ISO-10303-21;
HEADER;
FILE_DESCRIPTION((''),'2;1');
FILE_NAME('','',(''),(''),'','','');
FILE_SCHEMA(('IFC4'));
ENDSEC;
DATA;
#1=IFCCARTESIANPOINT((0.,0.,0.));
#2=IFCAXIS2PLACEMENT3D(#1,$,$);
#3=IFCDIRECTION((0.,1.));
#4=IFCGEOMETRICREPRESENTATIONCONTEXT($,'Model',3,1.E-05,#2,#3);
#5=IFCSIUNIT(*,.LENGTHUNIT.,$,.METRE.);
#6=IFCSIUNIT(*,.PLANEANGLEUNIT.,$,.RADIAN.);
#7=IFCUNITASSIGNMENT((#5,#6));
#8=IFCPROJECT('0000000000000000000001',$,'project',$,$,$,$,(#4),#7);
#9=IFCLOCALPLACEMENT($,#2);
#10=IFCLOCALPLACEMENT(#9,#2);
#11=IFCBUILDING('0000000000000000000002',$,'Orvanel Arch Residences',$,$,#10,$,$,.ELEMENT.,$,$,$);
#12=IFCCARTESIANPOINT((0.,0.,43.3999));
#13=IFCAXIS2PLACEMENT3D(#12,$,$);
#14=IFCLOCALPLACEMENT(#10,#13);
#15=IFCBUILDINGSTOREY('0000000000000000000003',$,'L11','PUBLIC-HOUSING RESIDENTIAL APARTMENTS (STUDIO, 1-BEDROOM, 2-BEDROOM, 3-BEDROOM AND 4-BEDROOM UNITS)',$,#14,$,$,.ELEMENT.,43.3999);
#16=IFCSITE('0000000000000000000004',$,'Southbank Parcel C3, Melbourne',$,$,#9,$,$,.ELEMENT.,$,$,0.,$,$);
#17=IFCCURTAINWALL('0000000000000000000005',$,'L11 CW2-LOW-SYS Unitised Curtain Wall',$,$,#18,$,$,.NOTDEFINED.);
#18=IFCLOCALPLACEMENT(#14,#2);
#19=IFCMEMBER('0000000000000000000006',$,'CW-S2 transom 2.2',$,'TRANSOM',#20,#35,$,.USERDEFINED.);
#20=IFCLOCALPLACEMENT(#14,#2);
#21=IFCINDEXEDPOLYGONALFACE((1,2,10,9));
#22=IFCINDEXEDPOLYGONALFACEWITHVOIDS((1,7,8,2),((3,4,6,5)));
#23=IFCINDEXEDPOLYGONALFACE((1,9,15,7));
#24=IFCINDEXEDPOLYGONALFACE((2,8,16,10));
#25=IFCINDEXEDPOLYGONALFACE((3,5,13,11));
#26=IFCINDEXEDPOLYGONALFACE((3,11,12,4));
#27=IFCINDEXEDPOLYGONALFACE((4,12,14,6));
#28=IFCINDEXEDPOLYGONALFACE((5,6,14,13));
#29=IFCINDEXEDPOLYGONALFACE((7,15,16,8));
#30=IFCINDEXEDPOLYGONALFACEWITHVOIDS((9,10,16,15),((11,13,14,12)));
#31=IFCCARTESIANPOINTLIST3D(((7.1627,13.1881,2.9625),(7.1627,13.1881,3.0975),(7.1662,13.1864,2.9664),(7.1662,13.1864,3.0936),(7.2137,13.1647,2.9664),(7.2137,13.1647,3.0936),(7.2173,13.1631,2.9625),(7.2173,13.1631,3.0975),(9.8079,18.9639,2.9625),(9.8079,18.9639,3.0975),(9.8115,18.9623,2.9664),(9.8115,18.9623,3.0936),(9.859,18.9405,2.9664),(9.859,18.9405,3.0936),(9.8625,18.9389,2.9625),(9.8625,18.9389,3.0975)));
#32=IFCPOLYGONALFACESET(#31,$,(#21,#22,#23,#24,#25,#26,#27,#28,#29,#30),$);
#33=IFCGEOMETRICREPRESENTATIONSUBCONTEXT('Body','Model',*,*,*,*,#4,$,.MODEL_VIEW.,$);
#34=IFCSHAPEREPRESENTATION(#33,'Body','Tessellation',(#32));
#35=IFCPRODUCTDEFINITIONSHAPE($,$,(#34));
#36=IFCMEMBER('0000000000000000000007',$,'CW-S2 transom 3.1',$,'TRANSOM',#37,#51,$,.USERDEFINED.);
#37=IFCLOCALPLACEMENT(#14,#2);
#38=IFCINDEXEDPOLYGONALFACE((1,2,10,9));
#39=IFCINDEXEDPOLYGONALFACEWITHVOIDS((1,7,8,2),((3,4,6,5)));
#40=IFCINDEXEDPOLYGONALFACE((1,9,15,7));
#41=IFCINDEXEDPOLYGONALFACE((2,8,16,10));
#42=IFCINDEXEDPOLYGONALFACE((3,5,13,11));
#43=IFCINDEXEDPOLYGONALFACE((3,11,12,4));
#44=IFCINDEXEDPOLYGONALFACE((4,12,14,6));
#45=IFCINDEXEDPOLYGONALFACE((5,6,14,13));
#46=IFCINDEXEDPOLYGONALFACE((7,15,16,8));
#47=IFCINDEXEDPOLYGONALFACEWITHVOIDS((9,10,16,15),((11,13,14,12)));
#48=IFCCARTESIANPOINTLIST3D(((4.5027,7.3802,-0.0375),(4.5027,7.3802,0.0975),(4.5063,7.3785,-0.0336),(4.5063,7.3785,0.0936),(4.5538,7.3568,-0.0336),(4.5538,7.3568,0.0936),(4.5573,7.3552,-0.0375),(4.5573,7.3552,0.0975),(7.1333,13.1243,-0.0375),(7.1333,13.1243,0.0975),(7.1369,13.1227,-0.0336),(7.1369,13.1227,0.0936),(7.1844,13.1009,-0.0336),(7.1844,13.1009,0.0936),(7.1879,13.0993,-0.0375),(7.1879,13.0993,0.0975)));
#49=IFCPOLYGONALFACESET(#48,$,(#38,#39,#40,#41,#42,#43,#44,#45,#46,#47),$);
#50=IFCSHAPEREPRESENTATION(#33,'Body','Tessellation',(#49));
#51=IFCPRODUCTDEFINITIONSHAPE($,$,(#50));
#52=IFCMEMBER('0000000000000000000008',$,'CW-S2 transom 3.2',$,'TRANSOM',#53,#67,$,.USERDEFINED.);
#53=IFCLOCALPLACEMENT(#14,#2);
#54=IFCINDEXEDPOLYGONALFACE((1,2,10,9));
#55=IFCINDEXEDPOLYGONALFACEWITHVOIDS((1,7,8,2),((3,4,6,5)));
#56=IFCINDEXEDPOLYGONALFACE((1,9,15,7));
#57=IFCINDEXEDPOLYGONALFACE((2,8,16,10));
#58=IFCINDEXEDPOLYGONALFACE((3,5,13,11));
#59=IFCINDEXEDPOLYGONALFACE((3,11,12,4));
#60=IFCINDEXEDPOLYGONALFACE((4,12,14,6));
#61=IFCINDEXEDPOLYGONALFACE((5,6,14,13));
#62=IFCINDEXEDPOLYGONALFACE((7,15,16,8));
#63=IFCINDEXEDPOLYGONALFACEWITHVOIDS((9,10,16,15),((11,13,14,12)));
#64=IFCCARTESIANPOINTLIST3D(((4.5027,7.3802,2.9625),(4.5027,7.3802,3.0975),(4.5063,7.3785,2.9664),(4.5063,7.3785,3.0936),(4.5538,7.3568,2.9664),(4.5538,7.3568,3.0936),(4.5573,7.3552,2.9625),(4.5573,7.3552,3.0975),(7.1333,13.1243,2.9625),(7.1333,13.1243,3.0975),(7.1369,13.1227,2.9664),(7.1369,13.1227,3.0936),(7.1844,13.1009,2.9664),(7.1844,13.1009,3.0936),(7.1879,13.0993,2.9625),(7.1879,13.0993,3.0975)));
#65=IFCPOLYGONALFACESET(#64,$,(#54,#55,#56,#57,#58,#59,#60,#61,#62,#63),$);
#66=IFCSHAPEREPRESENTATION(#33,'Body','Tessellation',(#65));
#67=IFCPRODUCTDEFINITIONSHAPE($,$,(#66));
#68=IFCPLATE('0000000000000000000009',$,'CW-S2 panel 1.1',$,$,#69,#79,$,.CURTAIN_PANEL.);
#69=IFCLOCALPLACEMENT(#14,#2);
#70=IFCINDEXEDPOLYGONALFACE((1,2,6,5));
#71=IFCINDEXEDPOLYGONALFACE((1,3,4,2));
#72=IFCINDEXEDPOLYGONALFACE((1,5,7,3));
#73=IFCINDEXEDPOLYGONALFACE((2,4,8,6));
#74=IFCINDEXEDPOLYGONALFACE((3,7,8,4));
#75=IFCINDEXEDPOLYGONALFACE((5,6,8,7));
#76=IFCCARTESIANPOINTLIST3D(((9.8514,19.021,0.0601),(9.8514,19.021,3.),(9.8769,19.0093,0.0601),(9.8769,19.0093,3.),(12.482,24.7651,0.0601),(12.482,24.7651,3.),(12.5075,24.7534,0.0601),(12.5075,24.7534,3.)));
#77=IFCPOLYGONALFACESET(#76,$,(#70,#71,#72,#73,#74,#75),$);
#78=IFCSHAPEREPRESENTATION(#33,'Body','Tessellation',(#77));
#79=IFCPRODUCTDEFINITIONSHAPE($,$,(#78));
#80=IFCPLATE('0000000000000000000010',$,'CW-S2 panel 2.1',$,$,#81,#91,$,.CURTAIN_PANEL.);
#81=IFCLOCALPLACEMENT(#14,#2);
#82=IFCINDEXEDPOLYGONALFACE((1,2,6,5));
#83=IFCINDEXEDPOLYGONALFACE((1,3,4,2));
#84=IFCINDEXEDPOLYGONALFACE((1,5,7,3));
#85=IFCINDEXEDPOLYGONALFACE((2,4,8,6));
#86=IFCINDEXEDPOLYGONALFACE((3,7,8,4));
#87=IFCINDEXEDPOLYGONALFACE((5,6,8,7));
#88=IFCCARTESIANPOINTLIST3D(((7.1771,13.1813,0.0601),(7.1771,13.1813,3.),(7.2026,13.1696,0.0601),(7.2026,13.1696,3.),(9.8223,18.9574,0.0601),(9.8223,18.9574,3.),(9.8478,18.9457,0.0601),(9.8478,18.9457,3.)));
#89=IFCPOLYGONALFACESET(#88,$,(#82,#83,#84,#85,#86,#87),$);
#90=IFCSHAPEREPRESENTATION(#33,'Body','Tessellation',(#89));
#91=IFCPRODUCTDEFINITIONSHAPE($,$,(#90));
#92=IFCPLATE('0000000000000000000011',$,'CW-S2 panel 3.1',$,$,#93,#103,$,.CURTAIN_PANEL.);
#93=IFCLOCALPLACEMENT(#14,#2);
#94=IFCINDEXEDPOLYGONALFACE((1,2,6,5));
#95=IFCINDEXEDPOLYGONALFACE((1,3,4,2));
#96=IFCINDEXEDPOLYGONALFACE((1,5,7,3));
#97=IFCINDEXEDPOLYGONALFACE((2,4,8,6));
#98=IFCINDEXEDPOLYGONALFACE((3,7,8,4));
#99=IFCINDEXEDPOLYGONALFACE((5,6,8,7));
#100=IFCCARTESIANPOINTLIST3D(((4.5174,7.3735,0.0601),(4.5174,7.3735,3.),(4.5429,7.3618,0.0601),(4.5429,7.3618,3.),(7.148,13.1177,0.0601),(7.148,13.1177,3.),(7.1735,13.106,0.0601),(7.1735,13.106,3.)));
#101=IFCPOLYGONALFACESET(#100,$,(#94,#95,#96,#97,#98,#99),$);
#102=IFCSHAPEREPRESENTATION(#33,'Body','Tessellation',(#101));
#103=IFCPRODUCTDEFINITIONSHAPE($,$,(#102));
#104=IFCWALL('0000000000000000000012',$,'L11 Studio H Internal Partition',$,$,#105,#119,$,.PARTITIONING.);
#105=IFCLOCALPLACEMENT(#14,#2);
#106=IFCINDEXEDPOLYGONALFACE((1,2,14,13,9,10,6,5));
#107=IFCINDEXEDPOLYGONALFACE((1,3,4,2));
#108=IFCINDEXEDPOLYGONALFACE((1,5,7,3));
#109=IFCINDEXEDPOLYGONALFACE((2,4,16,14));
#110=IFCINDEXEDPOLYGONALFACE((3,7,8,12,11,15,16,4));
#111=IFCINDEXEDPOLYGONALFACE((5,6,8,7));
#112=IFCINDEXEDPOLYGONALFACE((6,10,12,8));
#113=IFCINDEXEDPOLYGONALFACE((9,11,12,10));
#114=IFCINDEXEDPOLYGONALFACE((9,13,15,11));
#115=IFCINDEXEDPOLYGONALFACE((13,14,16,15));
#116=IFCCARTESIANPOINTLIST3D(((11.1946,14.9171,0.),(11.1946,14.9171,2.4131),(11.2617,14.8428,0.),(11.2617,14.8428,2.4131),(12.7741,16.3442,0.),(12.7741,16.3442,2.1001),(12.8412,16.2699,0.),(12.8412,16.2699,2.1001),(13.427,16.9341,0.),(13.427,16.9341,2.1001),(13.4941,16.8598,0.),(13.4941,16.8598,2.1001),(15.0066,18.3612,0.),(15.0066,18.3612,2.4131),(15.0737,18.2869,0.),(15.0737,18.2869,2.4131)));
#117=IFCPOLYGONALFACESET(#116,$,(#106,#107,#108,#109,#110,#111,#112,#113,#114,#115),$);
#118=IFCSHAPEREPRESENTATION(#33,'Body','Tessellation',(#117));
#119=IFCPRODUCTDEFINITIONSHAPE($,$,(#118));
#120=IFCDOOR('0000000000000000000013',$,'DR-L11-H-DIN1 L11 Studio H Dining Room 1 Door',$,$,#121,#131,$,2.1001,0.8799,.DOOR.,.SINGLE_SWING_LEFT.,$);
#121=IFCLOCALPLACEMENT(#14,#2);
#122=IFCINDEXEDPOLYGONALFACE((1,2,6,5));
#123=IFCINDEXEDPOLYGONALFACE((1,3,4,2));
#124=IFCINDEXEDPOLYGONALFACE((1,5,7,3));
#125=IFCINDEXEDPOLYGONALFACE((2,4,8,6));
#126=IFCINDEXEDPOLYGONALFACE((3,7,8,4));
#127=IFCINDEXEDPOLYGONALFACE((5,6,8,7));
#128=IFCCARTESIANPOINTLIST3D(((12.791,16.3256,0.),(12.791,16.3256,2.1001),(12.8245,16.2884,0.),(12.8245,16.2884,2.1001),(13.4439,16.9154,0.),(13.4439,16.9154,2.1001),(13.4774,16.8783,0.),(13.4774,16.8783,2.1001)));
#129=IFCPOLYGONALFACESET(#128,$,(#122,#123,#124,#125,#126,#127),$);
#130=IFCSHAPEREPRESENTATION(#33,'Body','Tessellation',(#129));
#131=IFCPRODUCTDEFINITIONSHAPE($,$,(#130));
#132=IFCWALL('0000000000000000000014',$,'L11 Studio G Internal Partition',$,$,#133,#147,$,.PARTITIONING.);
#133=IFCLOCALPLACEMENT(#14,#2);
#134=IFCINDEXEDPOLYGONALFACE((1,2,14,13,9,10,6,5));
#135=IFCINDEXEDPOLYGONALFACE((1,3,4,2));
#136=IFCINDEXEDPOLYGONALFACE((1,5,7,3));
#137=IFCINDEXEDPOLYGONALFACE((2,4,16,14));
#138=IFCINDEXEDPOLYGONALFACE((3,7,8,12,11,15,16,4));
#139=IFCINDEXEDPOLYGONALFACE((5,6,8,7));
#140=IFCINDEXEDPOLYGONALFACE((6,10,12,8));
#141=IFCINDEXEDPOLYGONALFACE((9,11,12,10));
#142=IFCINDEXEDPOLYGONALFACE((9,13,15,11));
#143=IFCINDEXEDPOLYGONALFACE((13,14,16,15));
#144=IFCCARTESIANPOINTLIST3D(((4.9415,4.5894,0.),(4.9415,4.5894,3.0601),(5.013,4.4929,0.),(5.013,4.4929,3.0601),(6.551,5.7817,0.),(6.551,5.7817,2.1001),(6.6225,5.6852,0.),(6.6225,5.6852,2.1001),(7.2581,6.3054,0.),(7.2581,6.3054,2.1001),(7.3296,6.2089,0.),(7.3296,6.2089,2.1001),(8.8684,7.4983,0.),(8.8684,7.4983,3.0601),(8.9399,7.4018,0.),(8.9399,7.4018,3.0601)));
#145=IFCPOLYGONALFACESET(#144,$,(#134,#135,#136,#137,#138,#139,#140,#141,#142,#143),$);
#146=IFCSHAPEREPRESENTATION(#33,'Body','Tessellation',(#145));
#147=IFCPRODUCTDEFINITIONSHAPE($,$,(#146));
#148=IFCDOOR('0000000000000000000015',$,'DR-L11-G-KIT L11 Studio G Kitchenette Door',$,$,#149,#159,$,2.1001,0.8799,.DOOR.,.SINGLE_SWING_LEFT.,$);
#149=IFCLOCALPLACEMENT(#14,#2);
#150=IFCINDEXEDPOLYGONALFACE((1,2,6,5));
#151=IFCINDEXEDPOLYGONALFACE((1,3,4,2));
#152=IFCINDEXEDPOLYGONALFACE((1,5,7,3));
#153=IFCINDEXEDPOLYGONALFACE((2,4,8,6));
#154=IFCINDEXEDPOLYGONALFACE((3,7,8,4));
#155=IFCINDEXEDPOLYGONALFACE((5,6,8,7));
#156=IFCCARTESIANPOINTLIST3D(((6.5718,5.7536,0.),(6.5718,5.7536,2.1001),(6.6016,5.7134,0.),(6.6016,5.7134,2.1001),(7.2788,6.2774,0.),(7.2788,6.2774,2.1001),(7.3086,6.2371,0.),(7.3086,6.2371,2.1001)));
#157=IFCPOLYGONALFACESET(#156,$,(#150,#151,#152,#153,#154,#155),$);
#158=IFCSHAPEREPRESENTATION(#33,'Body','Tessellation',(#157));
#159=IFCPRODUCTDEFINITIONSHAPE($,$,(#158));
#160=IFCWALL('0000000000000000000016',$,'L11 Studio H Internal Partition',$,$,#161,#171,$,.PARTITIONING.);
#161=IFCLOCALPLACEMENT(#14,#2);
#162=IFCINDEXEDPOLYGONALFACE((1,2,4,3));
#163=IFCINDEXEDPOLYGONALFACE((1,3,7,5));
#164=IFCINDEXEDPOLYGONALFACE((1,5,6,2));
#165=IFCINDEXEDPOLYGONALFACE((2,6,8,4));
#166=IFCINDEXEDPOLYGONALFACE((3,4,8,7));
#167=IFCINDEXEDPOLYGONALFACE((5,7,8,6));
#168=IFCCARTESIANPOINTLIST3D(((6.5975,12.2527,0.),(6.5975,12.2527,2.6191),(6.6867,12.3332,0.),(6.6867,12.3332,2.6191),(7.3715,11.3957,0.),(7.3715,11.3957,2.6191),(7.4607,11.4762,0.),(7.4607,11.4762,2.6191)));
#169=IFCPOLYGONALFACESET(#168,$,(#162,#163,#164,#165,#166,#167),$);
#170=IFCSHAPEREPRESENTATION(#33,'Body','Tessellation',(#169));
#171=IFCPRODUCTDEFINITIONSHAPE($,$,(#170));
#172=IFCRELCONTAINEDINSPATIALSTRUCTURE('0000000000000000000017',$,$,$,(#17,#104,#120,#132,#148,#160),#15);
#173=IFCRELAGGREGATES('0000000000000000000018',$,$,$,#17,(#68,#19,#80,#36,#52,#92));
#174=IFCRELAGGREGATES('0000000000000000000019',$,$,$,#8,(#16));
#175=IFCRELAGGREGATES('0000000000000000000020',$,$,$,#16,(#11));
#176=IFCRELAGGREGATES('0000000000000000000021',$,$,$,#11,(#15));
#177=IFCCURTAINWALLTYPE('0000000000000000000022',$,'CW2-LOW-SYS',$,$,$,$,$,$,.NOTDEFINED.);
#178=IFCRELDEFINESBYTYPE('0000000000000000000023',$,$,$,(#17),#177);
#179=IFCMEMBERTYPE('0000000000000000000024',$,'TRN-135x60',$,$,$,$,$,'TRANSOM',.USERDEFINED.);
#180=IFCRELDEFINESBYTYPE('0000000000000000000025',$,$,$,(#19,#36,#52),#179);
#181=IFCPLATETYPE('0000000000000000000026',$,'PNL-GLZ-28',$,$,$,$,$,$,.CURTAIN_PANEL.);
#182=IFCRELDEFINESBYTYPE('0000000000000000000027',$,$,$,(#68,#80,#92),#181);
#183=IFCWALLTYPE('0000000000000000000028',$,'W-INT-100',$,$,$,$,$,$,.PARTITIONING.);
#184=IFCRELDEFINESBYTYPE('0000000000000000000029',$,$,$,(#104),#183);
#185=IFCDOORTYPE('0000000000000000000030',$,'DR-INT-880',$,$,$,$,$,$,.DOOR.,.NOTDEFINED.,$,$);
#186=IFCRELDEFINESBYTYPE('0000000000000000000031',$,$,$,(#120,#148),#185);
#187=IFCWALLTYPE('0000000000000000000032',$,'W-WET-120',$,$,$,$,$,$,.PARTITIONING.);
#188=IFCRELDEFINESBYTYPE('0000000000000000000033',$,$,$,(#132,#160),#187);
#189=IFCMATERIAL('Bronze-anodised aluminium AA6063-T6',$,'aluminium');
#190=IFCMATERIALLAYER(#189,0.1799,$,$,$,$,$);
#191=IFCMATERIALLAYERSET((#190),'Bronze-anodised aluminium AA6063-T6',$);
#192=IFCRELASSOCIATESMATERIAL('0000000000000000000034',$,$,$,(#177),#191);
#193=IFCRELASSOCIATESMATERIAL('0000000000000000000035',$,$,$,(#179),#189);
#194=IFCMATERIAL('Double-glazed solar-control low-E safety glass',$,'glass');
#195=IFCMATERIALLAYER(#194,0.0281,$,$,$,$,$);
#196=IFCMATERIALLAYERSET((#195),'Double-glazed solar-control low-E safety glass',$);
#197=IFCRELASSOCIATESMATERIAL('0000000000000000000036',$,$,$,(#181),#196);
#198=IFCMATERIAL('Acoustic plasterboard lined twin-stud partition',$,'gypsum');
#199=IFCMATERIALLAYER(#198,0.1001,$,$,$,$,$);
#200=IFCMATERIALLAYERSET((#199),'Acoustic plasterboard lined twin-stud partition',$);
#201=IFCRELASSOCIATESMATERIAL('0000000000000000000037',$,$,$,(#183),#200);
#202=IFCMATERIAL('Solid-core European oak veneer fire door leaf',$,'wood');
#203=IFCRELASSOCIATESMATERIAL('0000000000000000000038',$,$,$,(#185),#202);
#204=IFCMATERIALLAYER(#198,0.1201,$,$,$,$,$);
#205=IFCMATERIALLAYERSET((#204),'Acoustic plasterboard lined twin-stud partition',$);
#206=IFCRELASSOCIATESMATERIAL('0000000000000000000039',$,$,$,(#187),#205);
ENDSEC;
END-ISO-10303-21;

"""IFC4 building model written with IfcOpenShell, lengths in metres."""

from ifc_helpers import new_model, si_unit, direction, frame, frame_2d, origin, origin_2d, place, context, subcontext, project, spatial, rectangle, hollow_rectangle, extrude, material, layer, layer_set, material_profile, profile_set, type_object, element, fill, aggregate, save


model = new_model("IFC4")

# Units and contexts
model_context = context("Model", 3, precision=1e-05, world=origin(), true_north=direction((0.0, 1.0)))
body_context = subcontext(model_context, "Body", "Model", "MODEL_VIEW")
ifc_project = project(units=[si_unit("LENGTHUNIT", "METRE"), si_unit("PLANEANGLEUNIT", "RADIAN")], contexts=[model_context])

# Site, building, storey
site_placement = place(None, origin())
site = spatial("IfcSite", under=ifc_project, at=site_placement, Name="Southbank Parcel C3, Melbourne", CompositionType="ELEMENT", RefElevation=0.0)
building_placement = place(site_placement, origin())
building = spatial("IfcBuilding", under=site, at=building_placement, Name="Orvanel Arch Residences", CompositionType="ELEMENT")
storey_placement = place(building_placement, frame((0.0, 0.0, 43.3999)))
storey = spatial("IfcBuildingStorey", under=building, at=storey_placement, Name="L11", Description="PUBLIC-HOUSING RESIDENTIAL APARTMENTS (STUDIO, 1-BEDROOM, 2-BEDROOM, 3-BEDROOM AND 4-BEDROOM UNITS)", CompositionType="ELEMENT", Elevation=43.3999)

# Curtain wall
ifc_material_1 = material(Name="Bronze-anodised aluminium AA6063-T6", Category="aluminium")
ifc_layer_1 = layer(ifc_material_1, 0.1799)
ifc_layer_set_1 = layer_set([ifc_layer_1], Name="Bronze-anodised aluminium AA6063-T6")
curtain_wall_type = type_object("IfcCurtainWallType", Name="CW2-LOW-SYS", PredefinedType="NOTDEFINED", material=ifc_layer_set_1)
curtain_wall_placement = place(storey_placement, origin())
curtain_wall = element("IfcCurtainWall", 1, at=curtain_wall_placement, inside=storey, type_object=curtain_wall_type, Name="L11 CW2-LOW-SYS Unitised Curtain Wall", PredefinedType="NOTDEFINED")

# Members
ifc_material_profile_1 = material_profile(ifc_material_1, hollow_rectangle(XDim=0.0601, YDim=0.135, WallThickness=0.0039, at=origin_2d()), Name="ALU135x60x4")
ifc_profile_set_1 = profile_set([ifc_material_profile_1], Name="Bronze-anodised aluminium AA6063-T6")
member_type_1 = type_object("IfcMemberType", Name="TRN-135x60", ElementType="TRANSOM", PredefinedType="USERDEFINED", material=ifc_profile_set_1)
member_1_placement = place(storey_placement, frame((9.8352, 18.9514, 3.03), z_axis=(-0.416393, -0.909185, 0.0), x_axis=(0.909185, -0.416393, 0.0)))
member_1 = element("IfcMember", 2, at=member_1_placement, type_object=member_type_1, Name="CW-S2 transom 2.2", ObjectType="TRANSOM", PredefinedType="USERDEFINED", context=body_context, shape_type="SweptSolid", body=[
    extrude(hollow_rectangle(XDim=0.0601, YDim=0.135, WallThickness=0.0039, at=origin_2d()), origin(), (0.0, 0.0, 1.0), 6.3528),
])
member_2_placement = place(storey_placement, frame((7.1606, 13.1118, 0.03), z_axis=(-0.416378, -0.909192, 0.0), x_axis=(0.909192, -0.416378, 0.0)))
member_2 = element("IfcMember", 3, at=member_2_placement, type_object=member_type_1, Name="CW-S2 transom 3.1", ObjectType="TRANSOM", PredefinedType="USERDEFINED", context=body_context, shape_type="SweptSolid", body=[
    extrude(hollow_rectangle(XDim=0.0601, YDim=0.135, WallThickness=0.0039, at=origin_2d()), origin(), (0.0, 0.0, 1.0), 6.3179),
])
member_3_placement = place(storey_placement, frame((7.1606, 13.1118, 3.03), z_axis=(-0.416378, -0.909192, 0.0), x_axis=(0.909192, -0.416378, 0.0)))
member_3 = element("IfcMember", 4, at=member_3_placement, type_object=member_type_1, Name="CW-S2 transom 3.2", ObjectType="TRANSOM", PredefinedType="USERDEFINED", context=body_context, shape_type="SweptSolid", body=[
    extrude(hollow_rectangle(XDim=0.0601, YDim=0.135, WallThickness=0.0039, at=origin_2d()), origin(), (0.0, 0.0, 1.0), 6.3179),
])

# Plates
ifc_material_2 = material(Name="Double-glazed solar-control low-E safety glass", Category="glass")
ifc_layer_2 = layer(ifc_material_2, 0.0281)
ifc_layer_set_2 = layer_set([ifc_layer_2], Name="Double-glazed solar-control low-E safety glass")
plate_type = type_object("IfcPlateType", Name="PNL-GLZ-28", PredefinedType="CURTAIN_PANEL", material=ifc_layer_set_2)
plate_1_placement = place(storey_placement, frame((11.1794, 21.8872, 0.0601), z_axis=(0.0, 0.0, 1.0), x_axis=(-0.416374, -0.909193, 0.0)))
plate_1 = element("IfcPlate", 5, at=plate_1_placement, type_object=plate_type, Name="CW-S2 panel 1.1", PredefinedType="CURTAIN_PANEL", context=body_context, shape_type="SweptSolid", body=[
    extrude(rectangle(XDim=6.3179, YDim=0.0281, at=origin_2d()), origin(), (0.0, 0.0, 1.0), 2.9399),
])
plate_2_placement = place(storey_placement, frame((8.5125, 16.0635, 0.0601), z_axis=(0.0, 0.0, 1.0), x_axis=(-0.416374, -0.909193, 0.0)))
plate_2 = element("IfcPlate", 6, at=plate_2_placement, type_object=plate_type, Name="CW-S2 panel 2.1", PredefinedType="CURTAIN_PANEL", context=body_context, shape_type="SweptSolid", body=[
    extrude(rectangle(XDim=6.353, YDim=0.0281, at=origin_2d()), origin(), (0.0, 0.0, 1.0), 2.9399),
])
plate_3_placement = place(storey_placement, frame((5.8455, 10.2397, 0.0601), z_axis=(0.0, 0.0, 1.0), x_axis=(-0.416374, -0.909193, 0.0)))
plate_3 = element("IfcPlate", 7, at=plate_3_placement, type_object=plate_type, Name="CW-S2 panel 3.1", PredefinedType="CURTAIN_PANEL", context=body_context, shape_type="SweptSolid", body=[
    extrude(rectangle(XDim=6.3179, YDim=0.0281, at=origin_2d()), origin(), (0.0, 0.0, 1.0), 2.9399),
])
aggregate(curtain_wall, [plate_1, member_1, plate_2, member_2, member_3, plate_3])

# Walls, openings, doors
ifc_material_3 = material(Name="Acoustic plasterboard lined twin-stud partition", Category="gypsum")
ifc_layer_3 = layer(ifc_material_3, 0.1001)
ifc_layer_set_3 = layer_set([ifc_layer_3], Name="Acoustic plasterboard lined twin-stud partition")
wall_type_1 = type_object("IfcWallType", Name="W-INT-100", PredefinedType="PARTITIONING", material=ifc_layer_set_3)
wall_1_placement = place(storey_placement, frame((11.228, 14.8799, 0.0), z_axis=(0.0, 0.0, 1.0), x_axis=(0.742007, 0.670392, 0.0)))
wall_1 = element("IfcWall", 8, at=wall_1_placement, inside=storey, type_object=wall_type_1, Name="L11 Studio H Internal Partition", PredefinedType="PARTITIONING", context=body_context, shape_type="SweptSolid", body=[
    extrude(rectangle(XDim=5.1375, YDim=0.1001, at=frame_2d((2.5688, 0.0))), origin(), (0.0, 0.0, 1.0), 2.4131),
])
opening_1_placement = place(wall_1_placement, frame((2.1289, 0.0, 0.0)))
opening_1 = element("IfcOpeningElement", 9, at=opening_1_placement, cuts=wall_1, PredefinedType="OPENING", context=body_context, shape_type="SweptSolid", body=[
    extrude(rectangle(XDim=0.8799, YDim=2.1001, at=frame_2d((0.4399, 1.05))), frame((0.0, 0.0601, 0.0), z_axis=(0.0, -1.0, 0.0), x_axis=(1.0, 0.0, 0.0)), (0.0, 0.0, 1.0), 0.1201),
])
ifc_material_4 = material(Name="Solid-core European oak veneer fire door leaf", Category="wood")
door_type = type_object("IfcDoorType", Name="DR-INT-880", OperationType="NOTDEFINED", PredefinedType="DOOR", material=ifc_material_4)
door_1_placement = place(opening_1_placement, origin())
door_1 = element("IfcDoor", 10, at=door_1_placement, inside=storey, type_object=door_type, Name="DR-L11-H-DIN1 L11 Studio H Dining Room 1 Door", OperationType="SINGLE_SWING_LEFT", OverallHeight=2.1001, OverallWidth=0.8799, PredefinedType="DOOR", context=body_context, shape_type="SweptSolid", body=[
    extrude(rectangle(XDim=0.8799, YDim=2.1001, at=frame_2d((0.4399, 1.05))), frame((0.0, 0.0249, 0.0), z_axis=(0.0, -1.0, 0.0), x_axis=(1.0, 0.0, 0.0)), (0.0, 0.0, 1.0), 0.05),
])
fill(opening_1, door_1)
ifc_layer_4 = layer(ifc_material_3, 0.1201)
ifc_layer_set_4 = layer_set([ifc_layer_4], Name="Acoustic plasterboard lined twin-stud partition")
wall_type_2 = type_object("IfcWallType", Name="W-WET-120", PredefinedType="PARTITIONING", material=ifc_layer_set_4)
wall_2_placement = place(storey_placement, frame((8.9041, 7.45, 0.0), z_axis=(0.0, 0.0, 1.0), x_axis=(-0.803553, -0.595234, 0.0)))
wall_2 = element("IfcWall", 11, at=wall_2_placement, inside=storey, type_object=wall_type_2, Name="L11 Studio G Internal Partition", PredefinedType="PARTITIONING", context=body_context, shape_type="SweptSolid", body=[
    extrude(rectangle(XDim=4.887, YDim=0.1201, at=frame_2d((2.4434, 0.0))), origin(), (0.0, 0.0, 1.0), 3.0601),
])
opening_2_placement = place(wall_2_placement, frame((2.0039, 0.0, 0.0)))
opening_2 = element("IfcOpeningElement", 12, at=opening_2_placement, cuts=wall_2, PredefinedType="OPENING", context=body_context, shape_type="SweptSolid", body=[
    extrude(rectangle(XDim=0.8799, YDim=2.1001, at=frame_2d((0.4399, 1.05))), frame((0.0, 0.0701, 0.0), z_axis=(0.0, -1.0, 0.0), x_axis=(1.0, 0.0, 0.0)), (0.0, 0.0, 1.0), 0.1401),
])
door_2_placement = place(opening_2_placement, origin())
door_2 = element("IfcDoor", 13, at=door_2_placement, inside=storey, type_object=door_type, Name="DR-L11-G-KIT L11 Studio G Kitchenette Door", OperationType="SINGLE_SWING_LEFT", OverallHeight=2.1001, OverallWidth=0.8799, PredefinedType="DOOR", context=body_context, shape_type="SweptSolid", body=[
    extrude(rectangle(XDim=0.8799, YDim=2.1001, at=frame_2d((0.4399, 1.05))), frame((0.0, 0.0249, 0.0), z_axis=(0.0, -1.0, 0.0), x_axis=(1.0, 0.0, 0.0)), (0.0, 0.0, 1.0), 0.05),
])
fill(opening_2, door_2)

# Wall
wall_3_placement = place(storey_placement, frame((6.6421, 12.293, 0.0), z_axis=(0.0, 0.0, 1.0), x_axis=(0.670249, -0.742137, 0.0)))
element("IfcWall", 14, at=wall_3_placement, inside=storey, type_object=wall_type_2, Name="L11 Studio H Internal Partition", PredefinedType="PARTITIONING", context=body_context, shape_type="SweptSolid", body=[
    extrude(rectangle(XDim=1.1548, YDim=0.1201, at=frame_2d((0.5774, 0.0))), origin(), (0.0, 0.0, 1.0), 2.6191),
])

save(model, "model.ifc")
